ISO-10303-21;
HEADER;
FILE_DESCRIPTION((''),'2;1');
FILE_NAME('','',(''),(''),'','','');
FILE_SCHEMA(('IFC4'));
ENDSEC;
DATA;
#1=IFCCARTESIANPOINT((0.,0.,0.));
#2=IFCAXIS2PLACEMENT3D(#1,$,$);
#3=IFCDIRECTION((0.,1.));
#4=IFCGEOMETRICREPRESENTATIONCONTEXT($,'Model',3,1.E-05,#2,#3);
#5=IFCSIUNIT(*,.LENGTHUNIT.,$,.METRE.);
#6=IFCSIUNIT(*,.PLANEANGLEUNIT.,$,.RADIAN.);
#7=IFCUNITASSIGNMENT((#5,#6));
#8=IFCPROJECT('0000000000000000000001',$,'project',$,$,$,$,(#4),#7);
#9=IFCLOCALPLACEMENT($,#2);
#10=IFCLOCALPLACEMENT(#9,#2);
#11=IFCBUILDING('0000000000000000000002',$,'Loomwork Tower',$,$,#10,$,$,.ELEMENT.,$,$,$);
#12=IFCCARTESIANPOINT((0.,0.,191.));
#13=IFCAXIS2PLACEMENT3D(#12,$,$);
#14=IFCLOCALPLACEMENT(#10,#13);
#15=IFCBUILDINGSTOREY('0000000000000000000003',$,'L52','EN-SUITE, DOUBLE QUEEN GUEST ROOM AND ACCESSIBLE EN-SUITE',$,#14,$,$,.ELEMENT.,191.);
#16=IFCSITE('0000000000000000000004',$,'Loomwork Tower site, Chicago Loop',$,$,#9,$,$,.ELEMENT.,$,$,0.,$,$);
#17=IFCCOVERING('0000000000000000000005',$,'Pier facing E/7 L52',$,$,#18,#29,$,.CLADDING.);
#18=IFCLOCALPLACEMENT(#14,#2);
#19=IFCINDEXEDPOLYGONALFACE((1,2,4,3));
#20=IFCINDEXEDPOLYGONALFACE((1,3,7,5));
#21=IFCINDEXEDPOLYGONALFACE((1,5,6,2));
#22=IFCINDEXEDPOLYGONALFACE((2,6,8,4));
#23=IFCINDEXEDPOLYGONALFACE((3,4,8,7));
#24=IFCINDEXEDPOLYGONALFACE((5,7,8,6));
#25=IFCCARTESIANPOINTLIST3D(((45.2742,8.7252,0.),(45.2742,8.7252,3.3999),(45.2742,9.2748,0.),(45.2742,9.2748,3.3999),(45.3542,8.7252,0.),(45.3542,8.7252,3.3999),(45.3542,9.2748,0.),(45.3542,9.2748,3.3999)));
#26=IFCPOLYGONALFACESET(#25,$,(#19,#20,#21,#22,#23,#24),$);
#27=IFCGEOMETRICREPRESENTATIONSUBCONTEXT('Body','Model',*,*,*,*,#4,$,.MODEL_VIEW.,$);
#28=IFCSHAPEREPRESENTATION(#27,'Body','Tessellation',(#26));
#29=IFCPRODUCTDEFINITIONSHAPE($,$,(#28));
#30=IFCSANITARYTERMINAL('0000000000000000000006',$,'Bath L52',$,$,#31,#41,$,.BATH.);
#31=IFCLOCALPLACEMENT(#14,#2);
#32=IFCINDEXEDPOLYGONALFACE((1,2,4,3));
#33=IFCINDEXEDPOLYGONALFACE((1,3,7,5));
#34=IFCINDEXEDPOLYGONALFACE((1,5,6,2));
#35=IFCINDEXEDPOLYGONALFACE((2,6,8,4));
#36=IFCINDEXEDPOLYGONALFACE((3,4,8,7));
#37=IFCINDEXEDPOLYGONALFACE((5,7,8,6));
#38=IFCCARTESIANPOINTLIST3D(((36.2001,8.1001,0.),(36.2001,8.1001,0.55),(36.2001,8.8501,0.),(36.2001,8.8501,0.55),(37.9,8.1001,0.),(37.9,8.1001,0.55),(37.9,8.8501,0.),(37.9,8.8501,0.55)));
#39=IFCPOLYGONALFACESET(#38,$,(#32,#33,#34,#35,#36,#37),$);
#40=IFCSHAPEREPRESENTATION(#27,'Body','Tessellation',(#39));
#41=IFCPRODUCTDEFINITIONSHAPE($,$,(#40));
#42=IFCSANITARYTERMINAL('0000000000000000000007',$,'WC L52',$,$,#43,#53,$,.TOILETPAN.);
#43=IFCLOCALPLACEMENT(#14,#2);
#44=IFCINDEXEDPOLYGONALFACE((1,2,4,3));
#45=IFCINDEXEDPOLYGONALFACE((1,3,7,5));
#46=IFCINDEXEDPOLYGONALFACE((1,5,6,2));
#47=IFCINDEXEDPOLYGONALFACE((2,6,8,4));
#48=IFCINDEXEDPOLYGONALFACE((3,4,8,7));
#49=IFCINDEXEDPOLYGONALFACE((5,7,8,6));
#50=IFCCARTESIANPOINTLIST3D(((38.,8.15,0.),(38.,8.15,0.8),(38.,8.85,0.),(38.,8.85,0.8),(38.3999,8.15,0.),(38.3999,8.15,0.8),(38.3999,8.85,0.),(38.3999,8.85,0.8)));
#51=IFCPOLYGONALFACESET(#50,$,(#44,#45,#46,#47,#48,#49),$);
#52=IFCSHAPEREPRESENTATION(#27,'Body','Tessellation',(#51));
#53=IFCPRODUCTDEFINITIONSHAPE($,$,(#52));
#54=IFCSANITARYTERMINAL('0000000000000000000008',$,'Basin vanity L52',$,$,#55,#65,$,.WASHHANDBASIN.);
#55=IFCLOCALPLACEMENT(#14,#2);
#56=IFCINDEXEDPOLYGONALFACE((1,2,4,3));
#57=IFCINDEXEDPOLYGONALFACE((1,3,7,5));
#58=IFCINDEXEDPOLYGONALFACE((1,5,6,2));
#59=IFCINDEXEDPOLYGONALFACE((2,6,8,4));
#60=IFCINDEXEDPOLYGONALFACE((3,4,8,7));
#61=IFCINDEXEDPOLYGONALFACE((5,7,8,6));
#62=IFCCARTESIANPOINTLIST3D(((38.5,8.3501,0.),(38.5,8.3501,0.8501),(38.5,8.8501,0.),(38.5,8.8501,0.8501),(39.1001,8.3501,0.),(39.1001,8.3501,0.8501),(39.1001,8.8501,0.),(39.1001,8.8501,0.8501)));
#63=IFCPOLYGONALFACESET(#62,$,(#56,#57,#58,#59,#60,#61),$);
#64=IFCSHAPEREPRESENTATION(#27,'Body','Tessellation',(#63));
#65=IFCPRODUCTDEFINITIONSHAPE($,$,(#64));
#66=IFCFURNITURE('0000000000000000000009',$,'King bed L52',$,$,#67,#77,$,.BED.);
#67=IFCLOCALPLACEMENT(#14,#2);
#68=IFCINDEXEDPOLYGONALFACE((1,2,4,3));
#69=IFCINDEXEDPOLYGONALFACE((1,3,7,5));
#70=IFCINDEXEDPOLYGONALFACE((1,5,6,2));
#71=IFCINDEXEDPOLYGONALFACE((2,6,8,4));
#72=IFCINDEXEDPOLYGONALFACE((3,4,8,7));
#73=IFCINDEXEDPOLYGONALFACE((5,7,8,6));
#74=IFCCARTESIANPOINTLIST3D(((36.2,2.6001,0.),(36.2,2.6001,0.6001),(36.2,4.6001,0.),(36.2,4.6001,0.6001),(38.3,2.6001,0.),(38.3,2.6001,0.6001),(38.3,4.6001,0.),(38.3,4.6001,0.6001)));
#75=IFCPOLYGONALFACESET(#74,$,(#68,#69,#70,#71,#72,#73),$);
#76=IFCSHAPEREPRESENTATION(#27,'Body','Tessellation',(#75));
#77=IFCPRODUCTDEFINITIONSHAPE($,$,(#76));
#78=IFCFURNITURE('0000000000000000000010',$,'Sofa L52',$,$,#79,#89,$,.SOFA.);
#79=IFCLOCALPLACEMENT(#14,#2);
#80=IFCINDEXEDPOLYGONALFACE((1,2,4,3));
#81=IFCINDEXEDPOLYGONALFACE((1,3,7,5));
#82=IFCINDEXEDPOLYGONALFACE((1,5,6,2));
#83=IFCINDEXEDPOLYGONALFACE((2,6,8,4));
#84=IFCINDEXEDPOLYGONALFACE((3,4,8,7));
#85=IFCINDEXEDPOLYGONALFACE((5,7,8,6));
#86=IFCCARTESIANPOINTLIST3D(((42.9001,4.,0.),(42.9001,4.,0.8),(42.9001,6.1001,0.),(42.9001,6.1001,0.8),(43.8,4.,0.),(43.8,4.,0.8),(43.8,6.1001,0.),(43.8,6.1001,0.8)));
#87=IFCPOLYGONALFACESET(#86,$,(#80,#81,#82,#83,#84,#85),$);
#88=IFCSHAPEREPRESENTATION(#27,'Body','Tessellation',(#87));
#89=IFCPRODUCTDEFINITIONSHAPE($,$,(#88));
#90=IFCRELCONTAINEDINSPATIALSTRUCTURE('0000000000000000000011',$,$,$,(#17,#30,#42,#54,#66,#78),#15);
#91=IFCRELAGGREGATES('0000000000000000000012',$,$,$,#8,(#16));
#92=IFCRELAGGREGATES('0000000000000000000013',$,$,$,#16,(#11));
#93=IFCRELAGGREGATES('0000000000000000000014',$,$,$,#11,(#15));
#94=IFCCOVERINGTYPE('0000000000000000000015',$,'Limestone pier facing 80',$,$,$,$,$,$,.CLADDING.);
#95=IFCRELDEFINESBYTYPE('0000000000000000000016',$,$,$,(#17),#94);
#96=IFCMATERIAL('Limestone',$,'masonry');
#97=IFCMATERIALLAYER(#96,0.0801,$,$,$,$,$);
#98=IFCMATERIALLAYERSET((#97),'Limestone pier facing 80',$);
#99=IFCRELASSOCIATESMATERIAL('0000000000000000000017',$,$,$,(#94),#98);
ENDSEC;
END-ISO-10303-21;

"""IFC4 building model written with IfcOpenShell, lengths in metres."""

from ifc_helpers import new_model, si_unit, direction, frame, origin, origin_2d, place, context, subcontext, project, spatial, rectangle, extrude, material, layer, layer_set, type_object, element, save


model = new_model("IFC4")

# Units and contexts
model_context = context("Model", 3, precision=1e-05, world=origin(), true_north=direction((0.0, 1.0)))
body_context = subcontext(model_context, "Body", "Model", "MODEL_VIEW")
ifc_project = project(units=[si_unit("LENGTHUNIT", "METRE"), si_unit("PLANEANGLEUNIT", "RADIAN")], contexts=[model_context])

# Site, building, storey
site_placement = place(None, origin())
site = spatial("IfcSite", under=ifc_project, at=site_placement, Name="Loomwork Tower site, Chicago Loop", CompositionType="ELEMENT", RefElevation=0.0)
building_placement = place(site_placement, origin())
building = spatial("IfcBuilding", under=site, at=building_placement, Name="Loomwork Tower", CompositionType="ELEMENT")
storey_placement = place(building_placement, frame((0.0, 0.0, 191.0)))
storey = spatial("IfcBuildingStorey", under=building, at=storey_placement, Name="L52", Description="EN-SUITE, DOUBLE QUEEN GUEST ROOM AND ACCESSIBLE EN-SUITE", CompositionType="ELEMENT", Elevation=191.0)

# Covering
ifc_material_1 = material(Name="Limestone", Category="masonry")
ifc_layer_1 = layer(ifc_material_1, 0.0801)
ifc_layer_set_1 = layer_set([ifc_layer_1], Name="Limestone pier facing 80")
covering_type = type_object("IfcCoveringType", Name="Limestone pier facing 80", PredefinedType="CLADDING", material=ifc_layer_set_1)
covering_placement = place(storey_placement, frame((45.3142, 9.0, 0.0), z_axis=(0.0, 0.0, 1.0), x_axis=(1.0, 0.0, 0.0)))
element("IfcCovering", 1, at=covering_placement, inside=storey, type_object=covering_type, Name="Pier facing E/7 L52", PredefinedType="CLADDING", context=body_context, shape_type="SweptSolid", body=[
    extrude(rectangle(XDim=0.0801, YDim=0.5496, at=origin_2d()), origin(), (0.0, 0.0, 1.0), 3.3999),
])

# Sanitary terminals
sanitary_terminal_1_placement = place(storey_placement, frame((37.05, 8.4751, 0.0), z_axis=(0.0, 0.0, 1.0), x_axis=(1.0, 0.0, 0.0)))
element("IfcSanitaryTerminal", 2, at=sanitary_terminal_1_placement, inside=storey, Name="Bath L52", PredefinedType="BATH", context=body_context, shape_type="SweptSolid", body=[
    extrude(rectangle(XDim=1.7, YDim=0.75, at=origin_2d()), origin(), (0.0, 0.0, 1.0), 0.55),
])
sanitary_terminal_2_placement = place(storey_placement, frame((38.2, 8.5, 0.0), z_axis=(0.0, 0.0, 1.0), x_axis=(1.0, 0.0, 0.0)))
element("IfcSanitaryTerminal", 3, at=sanitary_terminal_2_placement, inside=storey, Name="WC L52", PredefinedType="TOILETPAN", context=body_context, shape_type="SweptSolid", body=[
    extrude(rectangle(XDim=0.3999, YDim=0.7, at=origin_2d()), origin(), (0.0, 0.0, 1.0), 0.8),
])
sanitary_terminal_3_placement = place(storey_placement, frame((38.8, 8.6001, 0.0), z_axis=(0.0, 0.0, 1.0), x_axis=(1.0, 0.0, 0.0)))
element("IfcSanitaryTerminal", 4, at=sanitary_terminal_3_placement, inside=storey, Name="Basin vanity L52", PredefinedType="WASHHANDBASIN", context=body_context, shape_type="SweptSolid", body=[
    extrude(rectangle(XDim=0.6001, YDim=0.5, at=origin_2d()), origin(), (0.0, 0.0, 1.0), 0.8501),
])

# Furniture
furniture_1_placement = place(storey_placement, frame((37.25, 3.6001, 0.0), z_axis=(0.0, 0.0, 1.0), x_axis=(1.0, 0.0, 0.0)))
element("IfcFurniture", 5, at=furniture_1_placement, inside=storey, Name="King bed L52", PredefinedType="BED", context=body_context, shape_type="SweptSolid", body=[
    extrude(rectangle(XDim=2.1001, YDim=2.0, at=origin_2d()), origin(), (0.0, 0.0, 1.0), 0.6001),
])
furniture_2_placement = place(storey_placement, frame((43.3501, 5.05, 0.0), z_axis=(0.0, 0.0, 1.0), x_axis=(1.0, 0.0, 0.0)))
element("IfcFurniture", 6, at=furniture_2_placement, inside=storey, Name="Sofa L52", PredefinedType="SOFA", context=body_context, shape_type="SweptSolid", body=[
    extrude(rectangle(XDim=0.8999, YDim=2.1001, at=origin_2d()), origin(), (0.0, 0.0, 1.0), 0.8),
])

save(model, "model.ifc")
